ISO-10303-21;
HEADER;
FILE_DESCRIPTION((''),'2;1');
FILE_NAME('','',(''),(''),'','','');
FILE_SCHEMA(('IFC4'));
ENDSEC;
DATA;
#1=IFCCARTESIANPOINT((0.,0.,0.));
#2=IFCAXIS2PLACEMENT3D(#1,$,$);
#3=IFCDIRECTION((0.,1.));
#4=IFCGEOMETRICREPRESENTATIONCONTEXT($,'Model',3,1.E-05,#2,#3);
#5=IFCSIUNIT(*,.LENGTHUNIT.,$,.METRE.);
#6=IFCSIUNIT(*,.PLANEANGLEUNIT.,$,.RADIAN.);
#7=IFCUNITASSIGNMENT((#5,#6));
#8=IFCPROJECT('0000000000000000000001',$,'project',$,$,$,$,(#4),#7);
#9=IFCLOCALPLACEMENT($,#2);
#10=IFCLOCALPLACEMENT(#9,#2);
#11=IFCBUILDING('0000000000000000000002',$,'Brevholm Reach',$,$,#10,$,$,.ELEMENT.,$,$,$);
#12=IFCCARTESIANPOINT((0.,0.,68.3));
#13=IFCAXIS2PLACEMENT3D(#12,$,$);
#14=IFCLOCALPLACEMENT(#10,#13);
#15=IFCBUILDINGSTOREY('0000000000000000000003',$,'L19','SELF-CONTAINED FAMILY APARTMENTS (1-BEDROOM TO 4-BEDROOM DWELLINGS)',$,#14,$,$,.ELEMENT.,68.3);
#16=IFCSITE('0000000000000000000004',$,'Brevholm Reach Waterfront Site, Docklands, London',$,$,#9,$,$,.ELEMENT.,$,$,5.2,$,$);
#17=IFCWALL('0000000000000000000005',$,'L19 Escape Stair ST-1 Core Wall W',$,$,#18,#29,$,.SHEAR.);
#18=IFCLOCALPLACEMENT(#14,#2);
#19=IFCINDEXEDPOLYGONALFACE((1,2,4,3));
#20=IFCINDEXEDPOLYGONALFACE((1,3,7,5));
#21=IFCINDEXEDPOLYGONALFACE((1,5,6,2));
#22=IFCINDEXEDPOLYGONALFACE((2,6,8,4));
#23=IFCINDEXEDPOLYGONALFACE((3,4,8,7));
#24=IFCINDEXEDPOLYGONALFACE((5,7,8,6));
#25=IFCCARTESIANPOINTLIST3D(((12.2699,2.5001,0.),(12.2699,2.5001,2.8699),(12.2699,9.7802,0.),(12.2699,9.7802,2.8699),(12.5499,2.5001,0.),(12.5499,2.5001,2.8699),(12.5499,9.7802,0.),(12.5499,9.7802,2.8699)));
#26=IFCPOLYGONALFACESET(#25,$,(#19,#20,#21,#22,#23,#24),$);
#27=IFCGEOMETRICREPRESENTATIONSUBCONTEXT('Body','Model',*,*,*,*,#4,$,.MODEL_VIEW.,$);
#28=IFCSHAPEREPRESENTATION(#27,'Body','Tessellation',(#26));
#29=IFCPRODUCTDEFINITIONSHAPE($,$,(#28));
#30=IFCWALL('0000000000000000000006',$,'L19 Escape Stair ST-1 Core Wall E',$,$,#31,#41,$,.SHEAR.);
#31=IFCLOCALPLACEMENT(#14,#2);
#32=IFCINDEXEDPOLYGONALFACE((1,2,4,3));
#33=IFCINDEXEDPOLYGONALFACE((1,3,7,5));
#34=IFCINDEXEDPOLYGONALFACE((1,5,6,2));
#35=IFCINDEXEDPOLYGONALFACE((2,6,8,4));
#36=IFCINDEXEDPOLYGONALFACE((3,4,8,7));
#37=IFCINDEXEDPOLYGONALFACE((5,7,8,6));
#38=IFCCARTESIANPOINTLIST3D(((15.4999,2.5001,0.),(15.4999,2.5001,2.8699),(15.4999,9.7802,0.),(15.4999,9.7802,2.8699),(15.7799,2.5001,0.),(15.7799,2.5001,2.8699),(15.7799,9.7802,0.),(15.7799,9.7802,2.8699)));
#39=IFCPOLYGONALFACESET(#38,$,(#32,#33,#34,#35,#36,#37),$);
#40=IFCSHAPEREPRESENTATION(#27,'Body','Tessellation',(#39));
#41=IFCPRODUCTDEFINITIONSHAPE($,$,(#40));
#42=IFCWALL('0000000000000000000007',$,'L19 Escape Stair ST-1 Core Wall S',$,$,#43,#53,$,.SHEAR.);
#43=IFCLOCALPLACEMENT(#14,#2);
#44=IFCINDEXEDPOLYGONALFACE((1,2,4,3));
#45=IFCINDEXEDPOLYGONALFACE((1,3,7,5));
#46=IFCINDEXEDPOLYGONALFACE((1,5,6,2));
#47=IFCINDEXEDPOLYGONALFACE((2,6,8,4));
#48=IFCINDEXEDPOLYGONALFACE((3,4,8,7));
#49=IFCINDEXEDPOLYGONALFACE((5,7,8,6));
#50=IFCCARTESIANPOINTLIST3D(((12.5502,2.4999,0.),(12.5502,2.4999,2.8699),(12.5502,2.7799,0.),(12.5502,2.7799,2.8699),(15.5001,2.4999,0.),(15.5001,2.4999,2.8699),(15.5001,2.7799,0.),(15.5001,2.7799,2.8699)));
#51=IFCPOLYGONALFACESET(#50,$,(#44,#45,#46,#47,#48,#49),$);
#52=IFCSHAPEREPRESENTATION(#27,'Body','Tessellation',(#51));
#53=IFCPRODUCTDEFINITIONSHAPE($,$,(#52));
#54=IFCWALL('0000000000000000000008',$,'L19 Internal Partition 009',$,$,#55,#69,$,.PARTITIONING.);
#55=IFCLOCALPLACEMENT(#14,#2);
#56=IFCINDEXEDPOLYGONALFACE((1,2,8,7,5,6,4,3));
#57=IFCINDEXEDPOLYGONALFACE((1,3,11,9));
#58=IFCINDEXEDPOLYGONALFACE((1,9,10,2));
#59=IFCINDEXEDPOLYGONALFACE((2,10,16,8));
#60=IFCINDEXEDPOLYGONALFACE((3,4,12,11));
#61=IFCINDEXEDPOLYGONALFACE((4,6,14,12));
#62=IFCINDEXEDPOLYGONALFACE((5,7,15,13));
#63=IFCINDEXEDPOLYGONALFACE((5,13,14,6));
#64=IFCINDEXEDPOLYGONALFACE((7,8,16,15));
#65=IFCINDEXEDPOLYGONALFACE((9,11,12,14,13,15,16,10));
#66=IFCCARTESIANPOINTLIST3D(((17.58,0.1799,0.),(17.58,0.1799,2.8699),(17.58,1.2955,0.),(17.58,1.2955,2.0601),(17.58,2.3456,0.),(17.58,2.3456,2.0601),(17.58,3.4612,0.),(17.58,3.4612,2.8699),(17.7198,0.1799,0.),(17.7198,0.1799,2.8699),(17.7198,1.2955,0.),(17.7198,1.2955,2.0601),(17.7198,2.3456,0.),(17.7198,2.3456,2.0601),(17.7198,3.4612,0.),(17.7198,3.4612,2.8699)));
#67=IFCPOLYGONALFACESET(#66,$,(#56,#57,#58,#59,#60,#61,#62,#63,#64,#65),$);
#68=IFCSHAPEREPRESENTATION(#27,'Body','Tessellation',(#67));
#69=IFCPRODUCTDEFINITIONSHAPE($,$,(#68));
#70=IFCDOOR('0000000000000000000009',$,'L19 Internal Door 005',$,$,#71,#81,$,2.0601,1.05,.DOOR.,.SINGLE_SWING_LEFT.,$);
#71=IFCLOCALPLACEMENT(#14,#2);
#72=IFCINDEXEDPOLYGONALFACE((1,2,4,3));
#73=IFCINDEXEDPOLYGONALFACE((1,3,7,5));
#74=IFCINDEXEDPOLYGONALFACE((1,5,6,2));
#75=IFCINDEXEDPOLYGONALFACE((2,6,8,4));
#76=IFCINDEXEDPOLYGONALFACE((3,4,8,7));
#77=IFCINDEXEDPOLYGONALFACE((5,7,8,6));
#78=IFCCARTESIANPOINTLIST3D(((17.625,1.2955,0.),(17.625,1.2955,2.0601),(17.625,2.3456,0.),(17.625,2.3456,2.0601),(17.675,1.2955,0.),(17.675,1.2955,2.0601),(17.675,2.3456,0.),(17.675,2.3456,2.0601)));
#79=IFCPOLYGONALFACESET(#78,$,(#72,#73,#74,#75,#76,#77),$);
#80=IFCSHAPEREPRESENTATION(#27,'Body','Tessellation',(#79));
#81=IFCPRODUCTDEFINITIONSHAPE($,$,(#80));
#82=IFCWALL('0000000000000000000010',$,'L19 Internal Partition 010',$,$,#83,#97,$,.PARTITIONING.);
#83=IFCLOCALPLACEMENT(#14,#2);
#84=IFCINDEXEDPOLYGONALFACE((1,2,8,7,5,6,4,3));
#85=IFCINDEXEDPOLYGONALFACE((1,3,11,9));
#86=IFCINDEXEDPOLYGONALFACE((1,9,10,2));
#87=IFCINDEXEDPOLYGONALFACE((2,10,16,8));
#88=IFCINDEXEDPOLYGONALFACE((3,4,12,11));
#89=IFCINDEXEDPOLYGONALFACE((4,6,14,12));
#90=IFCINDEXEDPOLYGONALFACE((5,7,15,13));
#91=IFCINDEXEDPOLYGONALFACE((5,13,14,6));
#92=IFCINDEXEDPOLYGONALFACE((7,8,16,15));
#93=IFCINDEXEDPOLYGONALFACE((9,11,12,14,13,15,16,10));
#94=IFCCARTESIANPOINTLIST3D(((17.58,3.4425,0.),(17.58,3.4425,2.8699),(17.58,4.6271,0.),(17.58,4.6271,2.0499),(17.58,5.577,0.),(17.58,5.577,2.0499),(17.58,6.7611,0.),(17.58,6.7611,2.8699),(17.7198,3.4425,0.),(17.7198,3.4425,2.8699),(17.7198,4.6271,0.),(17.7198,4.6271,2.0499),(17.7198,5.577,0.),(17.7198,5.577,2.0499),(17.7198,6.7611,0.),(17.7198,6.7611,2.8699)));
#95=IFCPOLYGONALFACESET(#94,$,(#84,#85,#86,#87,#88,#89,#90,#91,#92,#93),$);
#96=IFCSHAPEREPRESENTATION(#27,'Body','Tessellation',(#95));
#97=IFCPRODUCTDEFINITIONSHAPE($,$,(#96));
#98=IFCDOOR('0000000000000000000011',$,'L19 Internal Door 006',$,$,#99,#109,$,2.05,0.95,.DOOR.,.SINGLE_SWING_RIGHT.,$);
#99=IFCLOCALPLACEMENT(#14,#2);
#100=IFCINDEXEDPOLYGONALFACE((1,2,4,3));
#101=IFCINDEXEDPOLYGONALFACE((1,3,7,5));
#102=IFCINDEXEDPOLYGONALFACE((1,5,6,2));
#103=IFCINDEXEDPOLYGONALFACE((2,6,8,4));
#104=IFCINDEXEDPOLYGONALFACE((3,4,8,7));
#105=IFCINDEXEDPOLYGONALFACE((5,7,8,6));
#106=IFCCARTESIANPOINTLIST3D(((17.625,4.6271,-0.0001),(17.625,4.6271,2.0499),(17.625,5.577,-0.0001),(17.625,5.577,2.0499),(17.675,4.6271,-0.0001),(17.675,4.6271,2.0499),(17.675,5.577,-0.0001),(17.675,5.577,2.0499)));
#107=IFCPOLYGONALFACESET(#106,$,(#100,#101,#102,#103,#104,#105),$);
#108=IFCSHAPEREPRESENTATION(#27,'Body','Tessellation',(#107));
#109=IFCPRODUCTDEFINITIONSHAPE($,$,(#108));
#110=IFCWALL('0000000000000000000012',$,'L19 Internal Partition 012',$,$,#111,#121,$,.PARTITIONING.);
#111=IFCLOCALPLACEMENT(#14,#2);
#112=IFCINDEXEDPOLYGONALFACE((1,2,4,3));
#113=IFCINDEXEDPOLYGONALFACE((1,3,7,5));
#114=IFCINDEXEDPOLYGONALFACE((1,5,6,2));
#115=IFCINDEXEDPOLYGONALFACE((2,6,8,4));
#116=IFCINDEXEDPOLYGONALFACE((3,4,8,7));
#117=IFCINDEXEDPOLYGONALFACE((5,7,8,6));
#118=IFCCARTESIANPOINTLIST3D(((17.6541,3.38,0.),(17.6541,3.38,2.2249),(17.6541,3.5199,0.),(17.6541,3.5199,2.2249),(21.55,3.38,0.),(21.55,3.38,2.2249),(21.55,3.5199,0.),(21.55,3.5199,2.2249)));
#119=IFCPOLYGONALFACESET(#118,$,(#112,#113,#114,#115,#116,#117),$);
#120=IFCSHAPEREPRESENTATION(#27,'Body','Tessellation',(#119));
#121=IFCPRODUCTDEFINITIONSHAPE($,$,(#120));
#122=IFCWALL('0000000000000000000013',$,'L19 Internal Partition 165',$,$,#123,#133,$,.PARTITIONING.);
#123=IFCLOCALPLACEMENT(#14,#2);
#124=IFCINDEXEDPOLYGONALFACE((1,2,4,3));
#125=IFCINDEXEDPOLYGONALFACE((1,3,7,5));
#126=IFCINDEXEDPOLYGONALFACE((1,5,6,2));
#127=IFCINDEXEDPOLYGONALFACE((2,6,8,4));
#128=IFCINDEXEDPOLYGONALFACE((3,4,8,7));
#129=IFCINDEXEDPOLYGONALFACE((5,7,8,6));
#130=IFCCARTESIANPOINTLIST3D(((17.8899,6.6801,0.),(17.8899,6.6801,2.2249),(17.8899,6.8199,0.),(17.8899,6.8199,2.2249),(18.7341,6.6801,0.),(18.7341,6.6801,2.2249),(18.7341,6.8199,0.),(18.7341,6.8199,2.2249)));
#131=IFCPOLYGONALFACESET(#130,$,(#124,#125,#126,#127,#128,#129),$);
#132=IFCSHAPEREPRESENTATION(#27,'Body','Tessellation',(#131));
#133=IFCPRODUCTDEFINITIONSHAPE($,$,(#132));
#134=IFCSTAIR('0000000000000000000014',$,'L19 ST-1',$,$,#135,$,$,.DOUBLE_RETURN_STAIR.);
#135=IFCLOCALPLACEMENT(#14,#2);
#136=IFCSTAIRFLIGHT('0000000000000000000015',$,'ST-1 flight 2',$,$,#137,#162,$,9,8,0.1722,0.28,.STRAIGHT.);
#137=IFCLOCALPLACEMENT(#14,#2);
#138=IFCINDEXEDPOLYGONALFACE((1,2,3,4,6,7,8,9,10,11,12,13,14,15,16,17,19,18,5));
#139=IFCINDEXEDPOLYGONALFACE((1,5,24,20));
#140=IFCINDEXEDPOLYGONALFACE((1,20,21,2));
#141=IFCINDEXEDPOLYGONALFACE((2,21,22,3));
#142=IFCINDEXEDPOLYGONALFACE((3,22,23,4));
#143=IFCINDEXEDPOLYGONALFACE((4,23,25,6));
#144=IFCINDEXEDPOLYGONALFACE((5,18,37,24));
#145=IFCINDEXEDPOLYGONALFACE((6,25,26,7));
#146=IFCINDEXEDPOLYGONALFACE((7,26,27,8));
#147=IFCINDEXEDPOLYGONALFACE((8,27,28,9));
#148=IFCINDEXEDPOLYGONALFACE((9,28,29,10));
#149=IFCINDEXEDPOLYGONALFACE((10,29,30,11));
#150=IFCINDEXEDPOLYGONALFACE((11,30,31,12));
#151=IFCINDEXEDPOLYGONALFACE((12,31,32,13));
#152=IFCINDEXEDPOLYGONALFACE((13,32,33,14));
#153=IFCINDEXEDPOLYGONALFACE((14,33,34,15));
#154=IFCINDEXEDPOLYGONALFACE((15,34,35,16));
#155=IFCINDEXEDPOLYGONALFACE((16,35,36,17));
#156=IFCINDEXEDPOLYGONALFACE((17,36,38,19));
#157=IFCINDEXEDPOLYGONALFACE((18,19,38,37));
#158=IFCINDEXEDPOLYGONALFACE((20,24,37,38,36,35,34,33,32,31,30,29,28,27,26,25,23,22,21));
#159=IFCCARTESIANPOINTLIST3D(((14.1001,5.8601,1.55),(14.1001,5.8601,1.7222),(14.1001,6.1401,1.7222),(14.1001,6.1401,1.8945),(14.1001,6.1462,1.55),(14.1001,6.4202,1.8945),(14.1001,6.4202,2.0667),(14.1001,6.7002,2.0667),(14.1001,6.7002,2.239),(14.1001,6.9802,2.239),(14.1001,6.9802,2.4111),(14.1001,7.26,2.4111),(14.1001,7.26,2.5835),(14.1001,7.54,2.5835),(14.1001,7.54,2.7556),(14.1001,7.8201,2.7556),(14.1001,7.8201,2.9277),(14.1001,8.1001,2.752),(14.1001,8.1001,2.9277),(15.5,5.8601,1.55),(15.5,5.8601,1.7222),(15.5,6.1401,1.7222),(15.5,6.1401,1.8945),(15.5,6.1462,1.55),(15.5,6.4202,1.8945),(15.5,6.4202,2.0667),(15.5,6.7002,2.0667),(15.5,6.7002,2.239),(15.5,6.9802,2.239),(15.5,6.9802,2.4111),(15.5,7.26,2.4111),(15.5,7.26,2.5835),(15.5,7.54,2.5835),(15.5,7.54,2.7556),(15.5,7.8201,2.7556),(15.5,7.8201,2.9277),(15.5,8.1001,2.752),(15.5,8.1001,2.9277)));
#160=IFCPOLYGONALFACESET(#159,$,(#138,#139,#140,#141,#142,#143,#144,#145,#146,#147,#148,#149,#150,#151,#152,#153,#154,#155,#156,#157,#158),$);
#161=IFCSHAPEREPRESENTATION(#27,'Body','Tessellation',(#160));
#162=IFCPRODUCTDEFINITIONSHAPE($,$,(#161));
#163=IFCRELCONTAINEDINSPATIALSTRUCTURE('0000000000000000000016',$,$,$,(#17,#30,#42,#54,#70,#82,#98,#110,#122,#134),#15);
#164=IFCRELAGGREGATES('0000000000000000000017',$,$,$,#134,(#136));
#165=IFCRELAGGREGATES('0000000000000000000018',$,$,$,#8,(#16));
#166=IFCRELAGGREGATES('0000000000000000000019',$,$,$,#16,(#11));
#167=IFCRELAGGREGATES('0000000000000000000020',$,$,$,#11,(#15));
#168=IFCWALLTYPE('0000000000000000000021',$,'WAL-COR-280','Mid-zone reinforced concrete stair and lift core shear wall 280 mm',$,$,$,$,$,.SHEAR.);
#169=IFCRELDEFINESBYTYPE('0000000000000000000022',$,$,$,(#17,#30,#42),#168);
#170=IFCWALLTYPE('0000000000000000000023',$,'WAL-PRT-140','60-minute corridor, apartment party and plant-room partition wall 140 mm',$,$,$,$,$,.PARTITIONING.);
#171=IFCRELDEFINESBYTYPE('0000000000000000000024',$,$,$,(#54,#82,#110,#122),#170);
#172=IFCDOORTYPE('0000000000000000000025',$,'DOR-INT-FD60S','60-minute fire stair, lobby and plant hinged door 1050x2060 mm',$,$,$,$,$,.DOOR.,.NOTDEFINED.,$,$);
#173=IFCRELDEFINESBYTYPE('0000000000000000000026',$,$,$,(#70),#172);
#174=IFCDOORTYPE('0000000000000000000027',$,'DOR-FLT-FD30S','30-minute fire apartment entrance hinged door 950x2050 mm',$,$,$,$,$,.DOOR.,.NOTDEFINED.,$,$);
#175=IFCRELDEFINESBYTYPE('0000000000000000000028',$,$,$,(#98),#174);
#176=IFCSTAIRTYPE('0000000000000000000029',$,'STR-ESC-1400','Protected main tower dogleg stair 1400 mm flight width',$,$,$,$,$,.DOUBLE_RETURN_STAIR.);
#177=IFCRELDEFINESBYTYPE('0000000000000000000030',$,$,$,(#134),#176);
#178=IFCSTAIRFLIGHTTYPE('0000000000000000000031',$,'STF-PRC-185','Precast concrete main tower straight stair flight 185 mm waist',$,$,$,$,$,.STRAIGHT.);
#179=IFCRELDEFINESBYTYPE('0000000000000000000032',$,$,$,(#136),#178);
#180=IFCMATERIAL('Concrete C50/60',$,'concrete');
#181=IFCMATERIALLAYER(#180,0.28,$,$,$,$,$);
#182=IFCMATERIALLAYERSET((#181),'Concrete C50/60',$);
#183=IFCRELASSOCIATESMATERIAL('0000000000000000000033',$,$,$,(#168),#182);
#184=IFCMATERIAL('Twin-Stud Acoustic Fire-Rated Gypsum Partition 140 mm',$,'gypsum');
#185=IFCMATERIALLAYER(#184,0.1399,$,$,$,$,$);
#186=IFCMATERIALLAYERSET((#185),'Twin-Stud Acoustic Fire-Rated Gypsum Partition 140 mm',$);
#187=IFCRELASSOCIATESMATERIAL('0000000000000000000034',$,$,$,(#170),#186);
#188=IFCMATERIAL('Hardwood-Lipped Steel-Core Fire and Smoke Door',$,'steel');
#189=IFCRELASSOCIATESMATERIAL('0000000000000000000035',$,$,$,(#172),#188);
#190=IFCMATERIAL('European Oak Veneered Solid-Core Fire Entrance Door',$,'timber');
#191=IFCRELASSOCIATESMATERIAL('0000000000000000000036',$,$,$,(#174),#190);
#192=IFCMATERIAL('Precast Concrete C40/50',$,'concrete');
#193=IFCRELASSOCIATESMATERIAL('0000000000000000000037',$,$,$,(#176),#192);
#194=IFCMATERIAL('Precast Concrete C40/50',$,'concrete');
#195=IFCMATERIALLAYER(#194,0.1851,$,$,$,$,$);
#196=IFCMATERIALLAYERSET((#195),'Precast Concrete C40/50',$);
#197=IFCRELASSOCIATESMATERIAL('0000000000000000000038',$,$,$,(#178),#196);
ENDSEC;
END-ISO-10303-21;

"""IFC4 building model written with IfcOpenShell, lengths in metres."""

from ifc_helpers import new_model, si_unit, direction, frame, frame_2d, origin, place, context, subcontext, project, spatial, polyline, rectangle, outline, extrude, material, layer, layer_set, type_object, element, fill, aggregate, save


model = new_model("IFC4")

# Units and contexts
model_context = context("Model", 3, precision=1e-05, world=origin(), true_north=direction((0.0, 1.0)))
body_context = subcontext(model_context, "Body", "Model", "MODEL_VIEW")
ifc_project = project(units=[si_unit("LENGTHUNIT", "METRE"), si_unit("PLANEANGLEUNIT", "RADIAN")], contexts=[model_context])

# Site, building, storey
site_placement = place(None, origin())
site = spatial("IfcSite", under=ifc_project, at=site_placement, Name="Brevholm Reach Waterfront Site, Docklands, London", CompositionType="ELEMENT", RefElevation=5.2)
building_placement = place(site_placement, origin())
building = spatial("IfcBuilding", under=site, at=building_placement, Name="Brevholm Reach", CompositionType="ELEMENT")
storey_placement = place(building_placement, frame((0.0, 0.0, 68.3)))
storey = spatial("IfcBuildingStorey", under=building, at=storey_placement, Name="L19", Description="SELF-CONTAINED FAMILY APARTMENTS (1-BEDROOM TO 4-BEDROOM DWELLINGS)", CompositionType="ELEMENT", Elevation=68.3)

# Walls
ifc_material_1 = material(Name="Concrete C50/60", Category="concrete")
ifc_layer_1 = layer(ifc_material_1, 0.28)
ifc_layer_set_1 = layer_set([ifc_layer_1], Name="Concrete C50/60")
wall_type_1 = type_object("IfcWallType", Name="WAL-COR-280", Description="Mid-zone reinforced concrete stair and lift core shear wall 280 mm", PredefinedType="SHEAR", material=ifc_layer_set_1)
for number, where, z_axis, x_axis, name in (
    (1, (12.4099, 2.5, 0.0), (0.0, 0.0, 1.0), (0.0, 1.0, 0.0), "L19 Escape Stair ST-1 Core Wall W"),
    (2, (15.6399, 2.5, 0.0), (0.0, 0.0, 1.0), (0.0, 1.0, 0.0), "L19 Escape Stair ST-1 Core Wall E"),
):
    element("IfcWall", number, at=place(storey_placement, frame(where, z_axis=z_axis, x_axis=x_axis)), inside=storey, type_object=wall_type_1, Name=name, PredefinedType="SHEAR", context=body_context, shape_type="SweptSolid", body=[
        extrude(rectangle(XDim=7.28, YDim=0.28, at=frame_2d((3.6401, 0.0))), origin(), (0.0, 0.0, 1.0), 2.8699),
    ])
wall_1_placement = place(storey_placement, frame((12.55, 2.6399, 0.0), z_axis=(0.0, 0.0, 1.0), x_axis=(1.0, 0.0, 0.0)))
element("IfcWall", 3, at=wall_1_placement, inside=storey, type_object=wall_type_1, Name="L19 Escape Stair ST-1 Core Wall S", PredefinedType="SHEAR", context=body_context, shape_type="SweptSolid", body=[
    extrude(rectangle(XDim=2.95, YDim=0.28, at=frame_2d((1.4751, 0.0))), origin(), (0.0, 0.0, 1.0), 2.8699),
])

# Walls, openings, doors
ifc_material_2 = material(Name="Twin-Stud Acoustic Fire-Rated Gypsum Partition 140 mm", Category="gypsum")
ifc_layer_2 = layer(ifc_material_2, 0.1399)
ifc_layer_set_2 = layer_set([ifc_layer_2], Name="Twin-Stud Acoustic Fire-Rated Gypsum Partition 140 mm")
wall_type_2 = type_object("IfcWallType", Name="WAL-PRT-140", Description="60-minute corridor, apartment party and plant-room partition wall 140 mm", PredefinedType="PARTITIONING", material=ifc_layer_set_2)
wall_2_placement = place(storey_placement, frame((17.6499, 0.1799, 0.0), z_axis=(0.0, 0.0, 1.0), x_axis=(0.0, 1.0, 0.0)))
wall_2 = element("IfcWall", 4, at=wall_2_placement, inside=storey, type_object=wall_type_2, Name="L19 Internal Partition 009", PredefinedType="PARTITIONING", context=body_context, shape_type="SweptSolid", body=[
    extrude(rectangle(XDim=3.2812, YDim=0.1399, at=frame_2d((1.6406, 0.0))), origin(), (0.0, 0.0, 1.0), 2.8699),
])
opening_1_placement = place(wall_2_placement, frame((1.1157, 0.0, 0.0)))
opening_1 = element("IfcOpeningElement", 5, at=opening_1_placement, cuts=wall_2, PredefinedType="OPENING", context=body_context, shape_type="SweptSolid", body=[
    extrude(rectangle(XDim=1.05, YDim=2.0601, at=frame_2d((0.5249, 1.03))), frame((0.0, 0.0798, 0.0), z_axis=(0.0, -1.0, 0.0), x_axis=(1.0, 0.0, 0.0)), (0.0, 0.0, 1.0), 0.1599),
])
ifc_material_3 = material(Name="Hardwood-Lipped Steel-Core Fire and Smoke Door", Category="steel")
door_type_1 = type_object("IfcDoorType", Name="DOR-INT-FD60S", Description="60-minute fire stair, lobby and plant hinged door 1050x2060 mm", OperationType="NOTDEFINED", PredefinedType="DOOR", material=ifc_material_3)
door_1_placement = place(opening_1_placement, origin())
door_1 = element("IfcDoor", 6, at=door_1_placement, inside=storey, type_object=door_type_1, Name="L19 Internal Door 005", OperationType="SINGLE_SWING_LEFT", OverallHeight=2.0601, OverallWidth=1.05, PredefinedType="DOOR", context=body_context, shape_type="SweptSolid", body=[
    extrude(rectangle(XDim=1.05, YDim=2.0601, at=frame_2d((0.5249, 1.03))), frame((0.0, 0.0249, 0.0), z_axis=(0.0, -1.0, 0.0), x_axis=(1.0, 0.0, 0.0)), (0.0, 0.0, 1.0), 0.05),
])
fill(opening_1, door_1)
wall_3_placement = place(storey_placement, frame((17.6499, 3.4426, 0.0), z_axis=(0.0, 0.0, 1.0), x_axis=(0.0, 1.0, 0.0)))
wall_3 = element("IfcWall", 7, at=wall_3_placement, inside=storey, type_object=wall_type_2, Name="L19 Internal Partition 010", PredefinedType="PARTITIONING", context=body_context, shape_type="SweptSolid", body=[
    extrude(rectangle(XDim=3.3186, YDim=0.1399, at=frame_2d((1.6592, 0.0))), origin(), (0.0, 0.0, 1.0), 2.8699),
])
opening_2_placement = place(wall_3_placement, frame((1.1843, 0.0, 0.0)))
opening_2 = element("IfcOpeningElement", 8, at=opening_2_placement, cuts=wall_3, PredefinedType="OPENING", context=body_context, shape_type="SweptSolid", body=[
    extrude(rectangle(XDim=0.95, YDim=2.05, at=frame_2d((0.4751, 1.0249))), frame((0.0, 0.0798, 0.0), z_axis=(0.0, -1.0, 0.0), x_axis=(1.0, 0.0, 0.0)), (0.0, 0.0, 1.0), 0.1599),
])
ifc_material_4 = material(Name="European Oak Veneered Solid-Core Fire Entrance Door", Category="timber")
door_type_2 = type_object("IfcDoorType", Name="DOR-FLT-FD30S", Description="30-minute fire apartment entrance hinged door 950x2050 mm", OperationType="NOTDEFINED", PredefinedType="DOOR", material=ifc_material_4)
door_2_placement = place(opening_2_placement, origin())
door_2 = element("IfcDoor", 9, at=door_2_placement, inside=storey, type_object=door_type_2, Name="L19 Internal Door 006", OperationType="SINGLE_SWING_RIGHT", OverallHeight=2.05, OverallWidth=0.95, PredefinedType="DOOR", context=body_context, shape_type="SweptSolid", body=[
    extrude(rectangle(XDim=0.95, YDim=2.05, at=frame_2d((0.4751, 1.0249))), frame((0.0, 0.0249, 0.0), z_axis=(0.0, -1.0, 0.0), x_axis=(1.0, 0.0, 0.0)), (0.0, 0.0, 1.0), 0.05),
])
fill(opening_2, door_2)

# Walls
wall_4_placement = place(storey_placement, frame((17.6541, 3.45, 0.0), z_axis=(0.0, 0.0, 1.0), x_axis=(1.0, 0.0, 0.0)))
element("IfcWall", 10, at=wall_4_placement, inside=storey, type_object=wall_type_2, Name="L19 Internal Partition 012", PredefinedType="PARTITIONING", context=body_context, shape_type="SweptSolid", body=[
    extrude(rectangle(XDim=3.896, YDim=0.1399, at=frame_2d((1.948, 0.0))), origin(), (0.0, 0.0, 1.0), 2.2249),
])
wall_5_placement = place(storey_placement, frame((17.8899, 6.75, 0.0), z_axis=(0.0, 0.0, 1.0), x_axis=(1.0, 0.0, 0.0)))
element("IfcWall", 11, at=wall_5_placement, inside=storey, type_object=wall_type_2, Name="L19 Internal Partition 165", PredefinedType="PARTITIONING", context=body_context, shape_type="SweptSolid", body=[
    extrude(rectangle(XDim=0.8442, YDim=0.1399, at=frame_2d((0.4221, 0.0))), origin(), (0.0, 0.0, 1.0), 2.2249),
])

# Stair, stair flight
ifc_material_5 = material(Name="Precast Concrete C40/50", Category="concrete")
stair_type = type_object("IfcStairType", Name="STR-ESC-1400", Description="Protected main tower dogleg stair 1400 mm flight width", PredefinedType="DOUBLE_RETURN_STAIR", material=ifc_material_5)
stair_placement = place(storey_placement, origin())
stair = element("IfcStair", 12, at=stair_placement, inside=storey, type_object=stair_type, Name="L19 ST-1", PredefinedType="DOUBLE_RETURN_STAIR")
ifc_material_6 = material(Name="Precast Concrete C40/50", Category="concrete")
ifc_layer_3 = layer(ifc_material_6, 0.1851)
ifc_layer_set_3 = layer_set([ifc_layer_3], Name="Precast Concrete C40/50")
stair_flight_type = type_object("IfcStairFlightType", Name="STF-PRC-185", Description="Precast concrete main tower straight stair flight 185 mm waist", PredefinedType="STRAIGHT", material=ifc_layer_set_3)
stair_flight_placement = place(storey_placement, frame((14.8, 5.8601, 1.55), z_axis=(0.0, 0.0, 1.0), x_axis=(0.0, 1.0, 0.0)))
stair_flight = element("IfcStairFlight", 13, at=stair_flight_placement, type_object=stair_flight_type, Name="ST-1 flight 2", NumberOfRisers=9, NumberOfTreads=8, PredefinedType="STRAIGHT", RiserHeight=0.1722, TreadLength=0.28, context=body_context, shape_type="SweptSolid", body=[
    extrude(outline(polyline([(0.0, 0.0), (0.0, 0.1721), (0.28, 0.1721), (0.28, 0.3445), (0.5601, 0.3445), (0.5601, 0.5166), (0.8401, 0.5166), (0.8401, 0.689), (1.1201, 0.689), (1.1201, 0.8611), (1.3999, 0.8611), (1.3999, 1.0334), (1.6799, 1.0334), (1.6799, 1.2056), (1.96, 1.2056), (1.96, 1.3777), (2.24, 1.3777), (2.24, 1.55), (2.24, 1.2019), (0.2861, 0.0), (0.0, 0.0)])), frame((0.0, 0.7, 0.0), z_axis=(0.0, -1.0, 0.0), x_axis=(1.0, 0.0, 0.0)), (0.0, 0.0, 1.0), 1.3999),
])
aggregate(stair, [stair_flight])

save(model, "model.ifc")
